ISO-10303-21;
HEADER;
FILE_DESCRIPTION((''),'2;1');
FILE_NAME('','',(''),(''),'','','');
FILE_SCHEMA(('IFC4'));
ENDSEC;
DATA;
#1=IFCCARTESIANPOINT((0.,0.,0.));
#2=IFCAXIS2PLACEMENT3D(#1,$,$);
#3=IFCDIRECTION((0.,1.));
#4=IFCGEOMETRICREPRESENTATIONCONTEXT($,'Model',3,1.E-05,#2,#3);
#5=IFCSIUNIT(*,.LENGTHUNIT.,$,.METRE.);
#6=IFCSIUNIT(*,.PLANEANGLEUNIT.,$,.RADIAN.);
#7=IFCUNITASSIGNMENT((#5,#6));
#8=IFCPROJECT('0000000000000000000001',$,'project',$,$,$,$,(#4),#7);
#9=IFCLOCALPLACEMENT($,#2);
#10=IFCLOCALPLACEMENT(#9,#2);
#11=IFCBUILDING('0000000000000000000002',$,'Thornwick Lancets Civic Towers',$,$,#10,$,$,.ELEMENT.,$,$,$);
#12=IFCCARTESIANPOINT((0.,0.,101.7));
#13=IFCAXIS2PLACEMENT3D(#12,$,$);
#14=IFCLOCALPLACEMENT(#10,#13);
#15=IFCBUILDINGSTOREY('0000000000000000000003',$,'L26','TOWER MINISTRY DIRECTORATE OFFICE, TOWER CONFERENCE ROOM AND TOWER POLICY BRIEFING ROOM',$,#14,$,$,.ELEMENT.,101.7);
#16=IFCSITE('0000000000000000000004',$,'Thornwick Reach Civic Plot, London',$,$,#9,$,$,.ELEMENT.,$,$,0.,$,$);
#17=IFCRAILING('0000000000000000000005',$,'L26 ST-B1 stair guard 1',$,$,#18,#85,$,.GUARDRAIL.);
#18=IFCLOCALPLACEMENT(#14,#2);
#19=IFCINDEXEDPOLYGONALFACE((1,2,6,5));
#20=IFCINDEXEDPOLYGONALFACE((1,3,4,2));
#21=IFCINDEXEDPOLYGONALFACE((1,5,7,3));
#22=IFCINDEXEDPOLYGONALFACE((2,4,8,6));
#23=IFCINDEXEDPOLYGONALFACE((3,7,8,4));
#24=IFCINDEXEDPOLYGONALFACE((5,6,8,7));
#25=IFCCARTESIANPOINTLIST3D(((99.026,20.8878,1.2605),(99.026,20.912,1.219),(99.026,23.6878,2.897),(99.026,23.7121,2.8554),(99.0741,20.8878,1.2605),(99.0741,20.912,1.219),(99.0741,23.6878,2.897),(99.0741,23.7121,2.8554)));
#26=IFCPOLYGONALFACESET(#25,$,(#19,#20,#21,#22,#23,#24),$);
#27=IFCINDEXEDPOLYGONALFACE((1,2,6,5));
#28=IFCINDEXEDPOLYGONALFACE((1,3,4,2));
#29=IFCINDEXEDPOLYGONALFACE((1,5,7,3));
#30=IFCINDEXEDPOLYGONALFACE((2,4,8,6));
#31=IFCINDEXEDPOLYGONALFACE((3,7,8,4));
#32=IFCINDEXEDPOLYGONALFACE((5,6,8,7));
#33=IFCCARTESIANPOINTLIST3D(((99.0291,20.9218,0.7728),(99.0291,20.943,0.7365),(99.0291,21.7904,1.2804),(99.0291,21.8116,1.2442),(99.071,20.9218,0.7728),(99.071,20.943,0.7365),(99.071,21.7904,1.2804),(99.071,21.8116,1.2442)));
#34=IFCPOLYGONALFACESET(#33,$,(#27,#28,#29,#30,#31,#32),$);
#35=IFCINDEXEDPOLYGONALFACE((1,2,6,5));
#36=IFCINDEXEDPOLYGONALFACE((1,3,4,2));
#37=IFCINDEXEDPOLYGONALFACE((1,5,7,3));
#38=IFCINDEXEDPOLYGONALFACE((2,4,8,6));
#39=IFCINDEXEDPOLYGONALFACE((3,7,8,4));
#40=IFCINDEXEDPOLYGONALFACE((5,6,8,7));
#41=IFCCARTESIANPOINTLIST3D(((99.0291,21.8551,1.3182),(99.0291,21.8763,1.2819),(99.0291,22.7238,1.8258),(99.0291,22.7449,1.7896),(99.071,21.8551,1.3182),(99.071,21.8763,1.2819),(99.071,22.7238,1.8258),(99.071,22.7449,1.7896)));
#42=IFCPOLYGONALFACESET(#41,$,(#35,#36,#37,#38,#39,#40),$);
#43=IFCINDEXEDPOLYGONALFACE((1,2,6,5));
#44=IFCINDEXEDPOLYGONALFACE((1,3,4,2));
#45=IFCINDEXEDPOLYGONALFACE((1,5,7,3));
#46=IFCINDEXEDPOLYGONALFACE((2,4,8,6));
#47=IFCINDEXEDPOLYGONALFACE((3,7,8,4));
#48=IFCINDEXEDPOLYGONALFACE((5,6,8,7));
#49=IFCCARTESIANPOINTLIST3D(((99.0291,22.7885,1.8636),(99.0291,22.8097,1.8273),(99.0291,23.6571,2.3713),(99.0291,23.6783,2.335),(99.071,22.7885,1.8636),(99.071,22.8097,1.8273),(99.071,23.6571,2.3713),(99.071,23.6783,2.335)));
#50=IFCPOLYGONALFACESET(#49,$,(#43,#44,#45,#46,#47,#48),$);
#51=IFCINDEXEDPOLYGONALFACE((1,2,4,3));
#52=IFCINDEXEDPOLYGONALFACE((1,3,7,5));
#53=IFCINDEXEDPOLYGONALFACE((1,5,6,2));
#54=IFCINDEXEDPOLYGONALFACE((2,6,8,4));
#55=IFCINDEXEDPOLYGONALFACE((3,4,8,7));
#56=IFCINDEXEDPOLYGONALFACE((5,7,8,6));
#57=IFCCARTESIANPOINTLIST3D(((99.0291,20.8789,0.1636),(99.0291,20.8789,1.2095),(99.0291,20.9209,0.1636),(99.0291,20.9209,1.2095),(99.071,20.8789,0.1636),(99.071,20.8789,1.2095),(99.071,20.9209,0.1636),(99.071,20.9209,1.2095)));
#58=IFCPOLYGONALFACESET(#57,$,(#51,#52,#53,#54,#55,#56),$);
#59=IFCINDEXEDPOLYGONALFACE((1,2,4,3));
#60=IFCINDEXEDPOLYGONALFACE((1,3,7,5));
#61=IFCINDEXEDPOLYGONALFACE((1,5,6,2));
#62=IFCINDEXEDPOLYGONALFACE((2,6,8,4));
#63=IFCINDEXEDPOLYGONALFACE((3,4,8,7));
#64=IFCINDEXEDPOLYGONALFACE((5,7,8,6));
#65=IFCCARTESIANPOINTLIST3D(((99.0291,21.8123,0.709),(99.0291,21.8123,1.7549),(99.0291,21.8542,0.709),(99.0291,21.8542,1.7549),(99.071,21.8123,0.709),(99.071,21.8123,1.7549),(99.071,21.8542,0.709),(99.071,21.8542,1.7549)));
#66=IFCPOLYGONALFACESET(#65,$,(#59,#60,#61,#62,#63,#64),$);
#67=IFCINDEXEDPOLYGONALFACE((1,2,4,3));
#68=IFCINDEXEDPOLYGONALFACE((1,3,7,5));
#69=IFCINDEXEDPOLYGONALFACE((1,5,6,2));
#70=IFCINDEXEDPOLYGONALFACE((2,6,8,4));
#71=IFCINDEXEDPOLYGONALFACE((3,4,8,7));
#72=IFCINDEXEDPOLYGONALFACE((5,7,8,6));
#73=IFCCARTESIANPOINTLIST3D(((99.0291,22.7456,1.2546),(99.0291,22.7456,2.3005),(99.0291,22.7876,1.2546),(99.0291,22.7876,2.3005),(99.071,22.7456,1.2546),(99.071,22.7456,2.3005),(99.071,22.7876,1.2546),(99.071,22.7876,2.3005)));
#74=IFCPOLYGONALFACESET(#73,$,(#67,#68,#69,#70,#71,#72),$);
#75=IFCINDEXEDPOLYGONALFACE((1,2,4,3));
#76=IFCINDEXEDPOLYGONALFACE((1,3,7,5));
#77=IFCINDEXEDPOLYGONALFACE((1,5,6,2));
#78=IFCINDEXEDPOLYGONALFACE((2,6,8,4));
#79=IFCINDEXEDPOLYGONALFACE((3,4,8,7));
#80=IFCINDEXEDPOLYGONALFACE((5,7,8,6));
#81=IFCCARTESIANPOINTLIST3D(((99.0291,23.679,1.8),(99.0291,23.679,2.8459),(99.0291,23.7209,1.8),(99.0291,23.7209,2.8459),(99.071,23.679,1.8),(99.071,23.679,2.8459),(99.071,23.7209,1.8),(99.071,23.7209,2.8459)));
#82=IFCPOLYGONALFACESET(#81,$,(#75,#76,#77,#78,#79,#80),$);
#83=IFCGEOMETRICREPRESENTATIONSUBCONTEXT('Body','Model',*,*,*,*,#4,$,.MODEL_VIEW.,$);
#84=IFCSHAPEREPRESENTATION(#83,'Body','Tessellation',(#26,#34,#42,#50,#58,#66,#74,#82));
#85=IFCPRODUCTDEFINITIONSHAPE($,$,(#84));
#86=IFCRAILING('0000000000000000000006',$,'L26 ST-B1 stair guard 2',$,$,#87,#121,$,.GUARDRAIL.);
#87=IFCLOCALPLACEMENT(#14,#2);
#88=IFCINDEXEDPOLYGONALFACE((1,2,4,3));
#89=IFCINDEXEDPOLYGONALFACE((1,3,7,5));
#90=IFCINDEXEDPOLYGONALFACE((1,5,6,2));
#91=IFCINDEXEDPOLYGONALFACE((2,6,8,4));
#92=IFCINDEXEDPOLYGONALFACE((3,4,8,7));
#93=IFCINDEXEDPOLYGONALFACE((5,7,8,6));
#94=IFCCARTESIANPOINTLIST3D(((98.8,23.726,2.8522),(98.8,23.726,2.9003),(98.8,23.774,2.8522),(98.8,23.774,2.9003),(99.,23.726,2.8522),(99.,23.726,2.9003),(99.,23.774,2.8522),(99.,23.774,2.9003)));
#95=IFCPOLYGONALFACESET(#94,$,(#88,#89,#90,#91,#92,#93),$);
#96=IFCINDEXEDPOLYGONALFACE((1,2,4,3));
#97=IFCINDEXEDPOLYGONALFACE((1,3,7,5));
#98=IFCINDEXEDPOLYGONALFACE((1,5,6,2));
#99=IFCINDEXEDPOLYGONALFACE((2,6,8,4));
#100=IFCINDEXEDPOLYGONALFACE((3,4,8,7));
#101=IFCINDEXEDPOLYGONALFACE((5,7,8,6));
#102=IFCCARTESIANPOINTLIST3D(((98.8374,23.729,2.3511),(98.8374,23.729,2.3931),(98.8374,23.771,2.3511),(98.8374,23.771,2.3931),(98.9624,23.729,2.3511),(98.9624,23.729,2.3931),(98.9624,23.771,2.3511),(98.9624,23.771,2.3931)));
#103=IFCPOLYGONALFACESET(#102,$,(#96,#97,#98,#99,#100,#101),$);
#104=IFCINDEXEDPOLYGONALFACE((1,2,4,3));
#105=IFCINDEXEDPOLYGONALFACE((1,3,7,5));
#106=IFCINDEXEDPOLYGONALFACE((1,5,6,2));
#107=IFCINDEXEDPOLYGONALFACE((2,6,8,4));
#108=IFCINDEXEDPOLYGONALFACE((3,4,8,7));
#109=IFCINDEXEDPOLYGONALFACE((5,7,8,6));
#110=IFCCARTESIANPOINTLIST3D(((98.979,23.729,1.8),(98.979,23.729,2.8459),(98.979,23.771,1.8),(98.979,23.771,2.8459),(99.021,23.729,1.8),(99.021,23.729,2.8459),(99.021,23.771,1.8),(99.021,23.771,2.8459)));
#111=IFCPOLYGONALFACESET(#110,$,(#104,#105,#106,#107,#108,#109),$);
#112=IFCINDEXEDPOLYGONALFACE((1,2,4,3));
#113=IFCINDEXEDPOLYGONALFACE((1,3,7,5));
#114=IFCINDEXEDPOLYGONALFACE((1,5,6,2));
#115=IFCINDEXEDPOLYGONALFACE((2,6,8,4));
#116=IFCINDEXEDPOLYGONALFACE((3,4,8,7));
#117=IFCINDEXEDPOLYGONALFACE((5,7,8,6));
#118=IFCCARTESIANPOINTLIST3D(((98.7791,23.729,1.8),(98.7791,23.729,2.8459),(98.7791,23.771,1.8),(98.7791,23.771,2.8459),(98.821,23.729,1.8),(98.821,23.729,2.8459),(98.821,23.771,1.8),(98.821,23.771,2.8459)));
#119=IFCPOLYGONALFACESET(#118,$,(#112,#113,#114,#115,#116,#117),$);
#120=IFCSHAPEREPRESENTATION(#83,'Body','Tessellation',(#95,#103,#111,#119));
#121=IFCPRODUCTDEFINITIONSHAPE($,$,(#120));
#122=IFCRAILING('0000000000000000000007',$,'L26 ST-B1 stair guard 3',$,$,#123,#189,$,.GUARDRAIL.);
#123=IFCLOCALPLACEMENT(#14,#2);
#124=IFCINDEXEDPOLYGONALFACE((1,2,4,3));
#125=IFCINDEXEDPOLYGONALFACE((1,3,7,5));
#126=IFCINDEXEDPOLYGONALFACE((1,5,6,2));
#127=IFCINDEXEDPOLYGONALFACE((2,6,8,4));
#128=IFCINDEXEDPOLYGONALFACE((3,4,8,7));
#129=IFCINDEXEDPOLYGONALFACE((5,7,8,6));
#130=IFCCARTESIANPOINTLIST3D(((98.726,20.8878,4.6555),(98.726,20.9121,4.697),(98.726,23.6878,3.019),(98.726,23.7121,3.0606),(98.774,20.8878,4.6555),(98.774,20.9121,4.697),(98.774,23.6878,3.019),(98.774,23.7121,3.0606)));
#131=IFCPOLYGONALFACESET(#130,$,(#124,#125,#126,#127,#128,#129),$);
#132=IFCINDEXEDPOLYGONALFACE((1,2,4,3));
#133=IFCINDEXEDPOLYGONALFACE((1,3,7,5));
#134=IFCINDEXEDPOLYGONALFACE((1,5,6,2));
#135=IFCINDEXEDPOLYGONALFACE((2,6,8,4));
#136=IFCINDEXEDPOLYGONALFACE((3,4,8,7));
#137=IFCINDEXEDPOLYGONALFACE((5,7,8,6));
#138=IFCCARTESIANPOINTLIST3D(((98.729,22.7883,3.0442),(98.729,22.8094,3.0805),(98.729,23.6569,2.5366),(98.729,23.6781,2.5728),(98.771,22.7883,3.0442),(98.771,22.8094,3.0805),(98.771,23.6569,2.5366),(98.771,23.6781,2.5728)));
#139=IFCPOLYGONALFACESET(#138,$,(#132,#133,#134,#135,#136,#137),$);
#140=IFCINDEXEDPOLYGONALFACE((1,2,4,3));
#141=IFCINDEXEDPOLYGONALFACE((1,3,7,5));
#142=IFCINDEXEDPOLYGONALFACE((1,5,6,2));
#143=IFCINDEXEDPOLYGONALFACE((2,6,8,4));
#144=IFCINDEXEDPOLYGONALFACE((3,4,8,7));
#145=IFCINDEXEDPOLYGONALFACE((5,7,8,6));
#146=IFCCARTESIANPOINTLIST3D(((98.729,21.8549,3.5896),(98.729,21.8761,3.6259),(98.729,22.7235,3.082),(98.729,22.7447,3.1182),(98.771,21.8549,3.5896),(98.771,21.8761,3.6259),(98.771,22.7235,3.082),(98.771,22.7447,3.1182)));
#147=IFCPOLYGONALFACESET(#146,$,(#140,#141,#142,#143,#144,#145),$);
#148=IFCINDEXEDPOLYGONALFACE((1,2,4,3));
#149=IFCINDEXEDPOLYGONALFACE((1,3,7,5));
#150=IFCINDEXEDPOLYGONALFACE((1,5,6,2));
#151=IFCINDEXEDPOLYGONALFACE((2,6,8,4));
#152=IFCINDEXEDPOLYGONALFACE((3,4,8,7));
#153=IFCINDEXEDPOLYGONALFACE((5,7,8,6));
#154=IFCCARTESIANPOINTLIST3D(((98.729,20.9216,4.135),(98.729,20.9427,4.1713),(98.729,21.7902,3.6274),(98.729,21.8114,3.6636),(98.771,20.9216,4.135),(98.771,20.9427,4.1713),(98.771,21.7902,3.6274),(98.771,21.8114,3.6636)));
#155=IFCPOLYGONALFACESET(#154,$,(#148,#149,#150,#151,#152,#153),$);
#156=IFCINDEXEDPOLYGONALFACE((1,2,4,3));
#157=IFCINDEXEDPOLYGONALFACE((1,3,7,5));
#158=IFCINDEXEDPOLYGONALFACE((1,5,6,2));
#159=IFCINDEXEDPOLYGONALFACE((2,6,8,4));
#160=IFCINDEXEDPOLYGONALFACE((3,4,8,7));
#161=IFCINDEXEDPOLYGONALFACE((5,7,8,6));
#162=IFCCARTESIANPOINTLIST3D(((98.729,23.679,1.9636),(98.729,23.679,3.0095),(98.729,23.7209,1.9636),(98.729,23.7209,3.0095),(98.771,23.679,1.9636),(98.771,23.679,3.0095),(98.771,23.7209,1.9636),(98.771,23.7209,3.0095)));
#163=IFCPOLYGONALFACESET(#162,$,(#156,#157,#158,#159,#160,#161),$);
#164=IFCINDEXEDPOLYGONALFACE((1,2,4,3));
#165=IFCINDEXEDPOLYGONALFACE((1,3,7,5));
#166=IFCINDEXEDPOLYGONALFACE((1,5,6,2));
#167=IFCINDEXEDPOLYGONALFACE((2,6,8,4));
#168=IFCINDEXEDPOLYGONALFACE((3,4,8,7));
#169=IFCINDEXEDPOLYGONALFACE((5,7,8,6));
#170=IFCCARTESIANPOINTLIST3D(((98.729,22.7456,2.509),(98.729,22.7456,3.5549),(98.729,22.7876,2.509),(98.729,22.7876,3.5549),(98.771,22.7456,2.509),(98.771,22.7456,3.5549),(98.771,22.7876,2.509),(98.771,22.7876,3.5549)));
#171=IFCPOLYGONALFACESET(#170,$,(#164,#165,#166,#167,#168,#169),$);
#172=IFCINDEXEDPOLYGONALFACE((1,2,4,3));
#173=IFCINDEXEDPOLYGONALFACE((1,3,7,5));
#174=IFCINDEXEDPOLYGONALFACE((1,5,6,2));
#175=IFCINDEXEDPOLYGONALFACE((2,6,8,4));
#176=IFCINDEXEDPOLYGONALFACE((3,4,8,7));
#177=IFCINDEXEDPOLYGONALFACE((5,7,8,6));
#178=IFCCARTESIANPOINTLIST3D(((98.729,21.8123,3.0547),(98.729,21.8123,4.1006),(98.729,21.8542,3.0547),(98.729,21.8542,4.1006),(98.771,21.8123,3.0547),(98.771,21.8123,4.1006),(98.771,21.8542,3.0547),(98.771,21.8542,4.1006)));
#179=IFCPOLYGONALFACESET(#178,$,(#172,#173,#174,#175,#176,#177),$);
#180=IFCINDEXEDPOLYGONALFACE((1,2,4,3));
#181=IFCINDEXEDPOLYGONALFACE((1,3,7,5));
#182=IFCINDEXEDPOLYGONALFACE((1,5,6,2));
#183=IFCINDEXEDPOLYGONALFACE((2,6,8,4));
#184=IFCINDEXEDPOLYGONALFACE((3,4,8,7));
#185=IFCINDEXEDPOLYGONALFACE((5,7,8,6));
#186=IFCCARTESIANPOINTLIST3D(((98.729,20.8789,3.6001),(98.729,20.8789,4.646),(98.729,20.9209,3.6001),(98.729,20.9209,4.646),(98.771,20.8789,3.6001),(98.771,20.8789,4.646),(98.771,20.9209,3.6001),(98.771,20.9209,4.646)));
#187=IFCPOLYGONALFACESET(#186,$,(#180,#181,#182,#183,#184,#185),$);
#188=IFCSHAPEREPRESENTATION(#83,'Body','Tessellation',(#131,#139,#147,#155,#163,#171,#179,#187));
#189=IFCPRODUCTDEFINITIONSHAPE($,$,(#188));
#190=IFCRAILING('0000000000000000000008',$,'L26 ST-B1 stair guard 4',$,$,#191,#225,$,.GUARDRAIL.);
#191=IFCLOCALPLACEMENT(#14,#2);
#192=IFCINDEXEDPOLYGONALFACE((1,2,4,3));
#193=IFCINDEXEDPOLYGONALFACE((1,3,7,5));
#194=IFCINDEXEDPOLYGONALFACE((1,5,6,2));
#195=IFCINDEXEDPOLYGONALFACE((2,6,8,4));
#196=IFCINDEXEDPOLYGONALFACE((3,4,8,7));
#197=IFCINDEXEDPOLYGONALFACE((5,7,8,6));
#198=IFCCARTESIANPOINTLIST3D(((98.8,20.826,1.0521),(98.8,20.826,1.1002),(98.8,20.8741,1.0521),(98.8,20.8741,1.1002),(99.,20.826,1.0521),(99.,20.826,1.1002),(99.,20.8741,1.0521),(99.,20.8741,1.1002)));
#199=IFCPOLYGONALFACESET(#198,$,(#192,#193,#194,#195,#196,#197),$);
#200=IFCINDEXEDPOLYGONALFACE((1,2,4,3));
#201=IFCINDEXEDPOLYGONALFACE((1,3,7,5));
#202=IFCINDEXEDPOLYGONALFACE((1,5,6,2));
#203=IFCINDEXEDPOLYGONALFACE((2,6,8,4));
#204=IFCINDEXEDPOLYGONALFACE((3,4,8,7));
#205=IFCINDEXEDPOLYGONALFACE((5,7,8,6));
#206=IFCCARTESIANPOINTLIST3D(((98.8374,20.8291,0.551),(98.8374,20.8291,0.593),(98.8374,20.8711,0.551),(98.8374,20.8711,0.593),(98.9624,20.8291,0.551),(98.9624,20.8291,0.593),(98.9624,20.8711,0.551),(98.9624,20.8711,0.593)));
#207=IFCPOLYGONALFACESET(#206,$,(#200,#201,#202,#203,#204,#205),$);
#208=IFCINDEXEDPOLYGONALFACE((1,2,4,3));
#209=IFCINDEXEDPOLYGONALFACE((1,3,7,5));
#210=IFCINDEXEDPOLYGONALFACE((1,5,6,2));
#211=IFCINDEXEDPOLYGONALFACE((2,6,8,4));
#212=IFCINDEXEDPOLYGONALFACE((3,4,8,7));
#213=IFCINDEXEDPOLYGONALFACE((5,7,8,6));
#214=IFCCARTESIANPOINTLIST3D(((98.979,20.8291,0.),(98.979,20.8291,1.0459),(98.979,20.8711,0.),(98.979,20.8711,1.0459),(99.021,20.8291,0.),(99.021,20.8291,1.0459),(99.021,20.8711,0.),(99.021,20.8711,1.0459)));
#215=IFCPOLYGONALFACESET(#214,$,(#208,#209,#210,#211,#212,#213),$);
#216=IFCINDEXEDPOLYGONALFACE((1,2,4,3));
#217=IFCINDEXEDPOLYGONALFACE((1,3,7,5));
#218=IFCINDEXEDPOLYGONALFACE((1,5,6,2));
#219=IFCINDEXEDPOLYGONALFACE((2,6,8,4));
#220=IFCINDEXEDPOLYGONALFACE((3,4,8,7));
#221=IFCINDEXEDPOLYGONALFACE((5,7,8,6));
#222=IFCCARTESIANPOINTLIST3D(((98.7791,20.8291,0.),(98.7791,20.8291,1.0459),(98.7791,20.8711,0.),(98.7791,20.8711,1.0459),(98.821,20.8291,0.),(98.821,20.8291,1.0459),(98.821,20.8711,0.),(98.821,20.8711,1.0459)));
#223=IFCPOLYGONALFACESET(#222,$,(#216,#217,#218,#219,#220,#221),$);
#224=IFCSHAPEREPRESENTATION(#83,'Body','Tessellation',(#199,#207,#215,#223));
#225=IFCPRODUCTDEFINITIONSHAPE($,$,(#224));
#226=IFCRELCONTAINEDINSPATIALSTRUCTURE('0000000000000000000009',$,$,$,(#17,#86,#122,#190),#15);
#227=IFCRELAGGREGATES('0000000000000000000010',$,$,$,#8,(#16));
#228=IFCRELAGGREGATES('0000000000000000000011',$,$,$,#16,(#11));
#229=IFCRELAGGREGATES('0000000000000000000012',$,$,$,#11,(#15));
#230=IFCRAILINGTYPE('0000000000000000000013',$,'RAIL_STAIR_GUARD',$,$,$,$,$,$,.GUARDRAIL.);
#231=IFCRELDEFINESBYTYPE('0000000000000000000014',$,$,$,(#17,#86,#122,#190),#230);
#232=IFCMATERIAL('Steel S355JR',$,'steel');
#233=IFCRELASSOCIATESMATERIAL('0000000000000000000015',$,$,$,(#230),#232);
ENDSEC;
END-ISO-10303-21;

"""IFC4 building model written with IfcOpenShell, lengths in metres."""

from ifc_helpers import new_model, si_unit, direction, frame, origin, origin_2d, place, context, subcontext, project, spatial, rectangle, extrude, material, type_object, element, save


model = new_model("IFC4")

# Units and contexts
model_context = context("Model", 3, precision=1e-05, world=origin(), true_north=direction((0.0, 1.0)))
body_context = subcontext(model_context, "Body", "Model", "MODEL_VIEW")
ifc_project = project(units=[si_unit("LENGTHUNIT", "METRE"), si_unit("PLANEANGLEUNIT", "RADIAN")], contexts=[model_context])

# Site, building, storey
site_placement = place(None, origin())
site = spatial("IfcSite", under=ifc_project, at=site_placement, Name="Thornwick Reach Civic Plot, London", CompositionType="ELEMENT", RefElevation=0.0)
building_placement = place(site_placement, origin())
building = spatial("IfcBuilding", under=site, at=building_placement, Name="Thornwick Lancets Civic Towers", CompositionType="ELEMENT")
storey_placement = place(building_placement, frame((0.0, 0.0, 101.7)))
storey = spatial("IfcBuildingStorey", under=building, at=storey_placement, Name="L26", Description="TOWER MINISTRY DIRECTORATE OFFICE, TOWER CONFERENCE ROOM AND TOWER POLICY BRIEFING ROOM", CompositionType="ELEMENT", Elevation=101.7)

# Railings
ifc_material_1 = material(Name="Steel S355JR", Category="steel")
railing_type_1 = type_object("IfcRailingType", Name="RAIL_STAIR_GUARD", PredefinedType="GUARDRAIL", material=ifc_material_1)
railing_1_placement = place(storey_placement, frame((99.05, 20.8999, 0.1636)))
element("IfcRailing", 1, at=railing_1_placement, inside=storey, type_object=railing_type_1, Name="L26 ST-B1 stair guard 1", PredefinedType="GUARDRAIL", context=body_context, shape_type="SweptSolid", body=[
    extrude(rectangle(XDim=0.0481, YDim=0.0481, at=origin_2d()), frame((0.0, 0.0, 1.0762), z_axis=(0.0, 0.863361, 0.504587), x_axis=(-1.0, 0.0, 0.0)), (0.0, 0.0, 1.0), 3.2432),
    extrude(rectangle(XDim=0.042, YDim=0.042, at=origin_2d()), frame((0.0, 0.0325, 0.5911), z_axis=(0.0, 0.863361, 0.504587), x_axis=(-1.0, 0.0, 0.0)), (0.0, 0.0, 1.0), 1.0061),
    extrude(rectangle(XDim=0.042, YDim=0.042, at=origin_2d()), frame((0.0, 0.9658, 1.1365), z_axis=(0.0, 0.863361, 0.504587), x_axis=(-1.0, 0.0, 0.0)), (0.0, 0.0, 1.0), 1.0061),
    extrude(rectangle(XDim=0.042, YDim=0.042, at=origin_2d()), frame((0.0, 1.8992, 1.6819), z_axis=(0.0, 0.863361, 0.504587), x_axis=(-1.0, 0.0, 0.0)), (0.0, 0.0, 1.0), 1.0061),
    extrude(rectangle(XDim=0.042, YDim=0.042, at=origin_2d()), origin(), (0.0, 0.0, 1.0), 1.0459),
    extrude(rectangle(XDim=0.042, YDim=0.042, at=origin_2d()), frame((0.0, 0.9333, 0.5454)), (0.0, 0.0, 1.0), 1.0459),
    extrude(rectangle(XDim=0.042, YDim=0.042, at=origin_2d()), frame((0.0, 1.8667, 1.0911)), (0.0, 0.0, 1.0), 1.0459),
    extrude(rectangle(XDim=0.042, YDim=0.042, at=origin_2d()), frame((0.0, 2.8, 1.6365)), (0.0, 0.0, 1.0), 1.0459),
])
railing_2_placement = place(storey_placement, frame((99.0, 23.75, 1.8)))
element("IfcRailing", 2, at=railing_2_placement, inside=storey, type_object=railing_type_1, Name="L26 ST-B1 stair guard 2", PredefinedType="GUARDRAIL", context=body_context, shape_type="SweptSolid", body=[
    extrude(rectangle(XDim=0.0481, YDim=0.0481, at=origin_2d()), frame((0.0, 0.0, 1.0762), z_axis=(-1.0, 0.0, 0.0), x_axis=(0.0, -1.0, 0.0)), (0.0, 0.0, 1.0), 0.2),
    extrude(rectangle(XDim=0.042, YDim=0.042, at=origin_2d()), frame((-0.0376, 0.0, 0.572), z_axis=(-1.0, 0.0, 0.0), x_axis=(0.0, -1.0, 0.0)), (0.0, 0.0, 1.0), 0.125),
    extrude(rectangle(XDim=0.042, YDim=0.042, at=origin_2d()), origin(), (0.0, 0.0, 1.0), 1.0459),
    extrude(rectangle(XDim=0.042, YDim=0.042, at=origin_2d()), frame((-0.2, 0.0, 0.0)), (0.0, 0.0, 1.0), 1.0459),
])
railing_3_placement = place(storey_placement, frame((98.75, 23.7, 1.9636)))
element("IfcRailing", 3, at=railing_3_placement, inside=storey, type_object=railing_type_1, Name="L26 ST-B1 stair guard 3", PredefinedType="GUARDRAIL", context=body_context, shape_type="SweptSolid", body=[
    extrude(rectangle(XDim=0.0481, YDim=0.0481, at=origin_2d()), frame((0.0, 0.0, 1.0762), z_axis=(0.0, -0.863361, 0.504587), x_axis=(1.0, 0.0, 0.0)), (0.0, 0.0, 1.0), 3.2432),
    extrude(rectangle(XDim=0.042, YDim=0.042, at=origin_2d()), frame((0.0, -0.0325, 0.5911), z_axis=(0.0, -0.863361, 0.504587), x_axis=(1.0, 0.0, 0.0)), (0.0, 0.0, 1.0), 1.0061),
    extrude(rectangle(XDim=0.042, YDim=0.042, at=origin_2d()), frame((0.0, -0.9658, 1.1365), z_axis=(0.0, -0.863361, 0.504587), x_axis=(1.0, 0.0, 0.0)), (0.0, 0.0, 1.0), 1.0061),
    extrude(rectangle(XDim=0.042, YDim=0.042, at=origin_2d()), frame((0.0, -1.8992, 1.6819), z_axis=(0.0, -0.863361, 0.504587), x_axis=(1.0, 0.0, 0.0)), (0.0, 0.0, 1.0), 1.0061),
    extrude(rectangle(XDim=0.042, YDim=0.042, at=origin_2d()), origin(), (0.0, 0.0, 1.0), 1.0459),
    extrude(rectangle(XDim=0.042, YDim=0.042, at=origin_2d()), frame((0.0, -0.9333, 0.5454)), (0.0, 0.0, 1.0), 1.0459),
    extrude(rectangle(XDim=0.042, YDim=0.042, at=origin_2d()), frame((0.0, -1.8667, 1.0911)), (0.0, 0.0, 1.0), 1.0459),
    extrude(rectangle(XDim=0.042, YDim=0.042, at=origin_2d()), frame((0.0, -2.8, 1.6365)), (0.0, 0.0, 1.0), 1.0459),
])
railing_4_placement = place(storey_placement, frame((99.0, 20.8501, 0.0)))
element("IfcRailing", 4, at=railing_4_placement, inside=storey, type_object=railing_type_1, Name="L26 ST-B1 stair guard 4", PredefinedType="GUARDRAIL", context=body_context, shape_type="SweptSolid", body=[
    extrude(rectangle(XDim=0.0481, YDim=0.0481, at=origin_2d()), frame((0.0, 0.0, 1.0762), z_axis=(-1.0, 0.0, 0.0), x_axis=(0.0, -1.0, 0.0)), (0.0, 0.0, 1.0), 0.2),
    extrude(rectangle(XDim=0.042, YDim=0.042, at=origin_2d()), frame((-0.0376, 0.0, 0.572), z_axis=(-1.0, 0.0, 0.0), x_axis=(0.0, -1.0, 0.0)), (0.0, 0.0, 1.0), 0.125),
    extrude(rectangle(XDim=0.042, YDim=0.042, at=origin_2d()), origin(), (0.0, 0.0, 1.0), 1.0459),
    extrude(rectangle(XDim=0.042, YDim=0.042, at=origin_2d()), frame((-0.2, 0.0, 0.0)), (0.0, 0.0, 1.0), 1.0459),
])

save(model, "model.ifc")
